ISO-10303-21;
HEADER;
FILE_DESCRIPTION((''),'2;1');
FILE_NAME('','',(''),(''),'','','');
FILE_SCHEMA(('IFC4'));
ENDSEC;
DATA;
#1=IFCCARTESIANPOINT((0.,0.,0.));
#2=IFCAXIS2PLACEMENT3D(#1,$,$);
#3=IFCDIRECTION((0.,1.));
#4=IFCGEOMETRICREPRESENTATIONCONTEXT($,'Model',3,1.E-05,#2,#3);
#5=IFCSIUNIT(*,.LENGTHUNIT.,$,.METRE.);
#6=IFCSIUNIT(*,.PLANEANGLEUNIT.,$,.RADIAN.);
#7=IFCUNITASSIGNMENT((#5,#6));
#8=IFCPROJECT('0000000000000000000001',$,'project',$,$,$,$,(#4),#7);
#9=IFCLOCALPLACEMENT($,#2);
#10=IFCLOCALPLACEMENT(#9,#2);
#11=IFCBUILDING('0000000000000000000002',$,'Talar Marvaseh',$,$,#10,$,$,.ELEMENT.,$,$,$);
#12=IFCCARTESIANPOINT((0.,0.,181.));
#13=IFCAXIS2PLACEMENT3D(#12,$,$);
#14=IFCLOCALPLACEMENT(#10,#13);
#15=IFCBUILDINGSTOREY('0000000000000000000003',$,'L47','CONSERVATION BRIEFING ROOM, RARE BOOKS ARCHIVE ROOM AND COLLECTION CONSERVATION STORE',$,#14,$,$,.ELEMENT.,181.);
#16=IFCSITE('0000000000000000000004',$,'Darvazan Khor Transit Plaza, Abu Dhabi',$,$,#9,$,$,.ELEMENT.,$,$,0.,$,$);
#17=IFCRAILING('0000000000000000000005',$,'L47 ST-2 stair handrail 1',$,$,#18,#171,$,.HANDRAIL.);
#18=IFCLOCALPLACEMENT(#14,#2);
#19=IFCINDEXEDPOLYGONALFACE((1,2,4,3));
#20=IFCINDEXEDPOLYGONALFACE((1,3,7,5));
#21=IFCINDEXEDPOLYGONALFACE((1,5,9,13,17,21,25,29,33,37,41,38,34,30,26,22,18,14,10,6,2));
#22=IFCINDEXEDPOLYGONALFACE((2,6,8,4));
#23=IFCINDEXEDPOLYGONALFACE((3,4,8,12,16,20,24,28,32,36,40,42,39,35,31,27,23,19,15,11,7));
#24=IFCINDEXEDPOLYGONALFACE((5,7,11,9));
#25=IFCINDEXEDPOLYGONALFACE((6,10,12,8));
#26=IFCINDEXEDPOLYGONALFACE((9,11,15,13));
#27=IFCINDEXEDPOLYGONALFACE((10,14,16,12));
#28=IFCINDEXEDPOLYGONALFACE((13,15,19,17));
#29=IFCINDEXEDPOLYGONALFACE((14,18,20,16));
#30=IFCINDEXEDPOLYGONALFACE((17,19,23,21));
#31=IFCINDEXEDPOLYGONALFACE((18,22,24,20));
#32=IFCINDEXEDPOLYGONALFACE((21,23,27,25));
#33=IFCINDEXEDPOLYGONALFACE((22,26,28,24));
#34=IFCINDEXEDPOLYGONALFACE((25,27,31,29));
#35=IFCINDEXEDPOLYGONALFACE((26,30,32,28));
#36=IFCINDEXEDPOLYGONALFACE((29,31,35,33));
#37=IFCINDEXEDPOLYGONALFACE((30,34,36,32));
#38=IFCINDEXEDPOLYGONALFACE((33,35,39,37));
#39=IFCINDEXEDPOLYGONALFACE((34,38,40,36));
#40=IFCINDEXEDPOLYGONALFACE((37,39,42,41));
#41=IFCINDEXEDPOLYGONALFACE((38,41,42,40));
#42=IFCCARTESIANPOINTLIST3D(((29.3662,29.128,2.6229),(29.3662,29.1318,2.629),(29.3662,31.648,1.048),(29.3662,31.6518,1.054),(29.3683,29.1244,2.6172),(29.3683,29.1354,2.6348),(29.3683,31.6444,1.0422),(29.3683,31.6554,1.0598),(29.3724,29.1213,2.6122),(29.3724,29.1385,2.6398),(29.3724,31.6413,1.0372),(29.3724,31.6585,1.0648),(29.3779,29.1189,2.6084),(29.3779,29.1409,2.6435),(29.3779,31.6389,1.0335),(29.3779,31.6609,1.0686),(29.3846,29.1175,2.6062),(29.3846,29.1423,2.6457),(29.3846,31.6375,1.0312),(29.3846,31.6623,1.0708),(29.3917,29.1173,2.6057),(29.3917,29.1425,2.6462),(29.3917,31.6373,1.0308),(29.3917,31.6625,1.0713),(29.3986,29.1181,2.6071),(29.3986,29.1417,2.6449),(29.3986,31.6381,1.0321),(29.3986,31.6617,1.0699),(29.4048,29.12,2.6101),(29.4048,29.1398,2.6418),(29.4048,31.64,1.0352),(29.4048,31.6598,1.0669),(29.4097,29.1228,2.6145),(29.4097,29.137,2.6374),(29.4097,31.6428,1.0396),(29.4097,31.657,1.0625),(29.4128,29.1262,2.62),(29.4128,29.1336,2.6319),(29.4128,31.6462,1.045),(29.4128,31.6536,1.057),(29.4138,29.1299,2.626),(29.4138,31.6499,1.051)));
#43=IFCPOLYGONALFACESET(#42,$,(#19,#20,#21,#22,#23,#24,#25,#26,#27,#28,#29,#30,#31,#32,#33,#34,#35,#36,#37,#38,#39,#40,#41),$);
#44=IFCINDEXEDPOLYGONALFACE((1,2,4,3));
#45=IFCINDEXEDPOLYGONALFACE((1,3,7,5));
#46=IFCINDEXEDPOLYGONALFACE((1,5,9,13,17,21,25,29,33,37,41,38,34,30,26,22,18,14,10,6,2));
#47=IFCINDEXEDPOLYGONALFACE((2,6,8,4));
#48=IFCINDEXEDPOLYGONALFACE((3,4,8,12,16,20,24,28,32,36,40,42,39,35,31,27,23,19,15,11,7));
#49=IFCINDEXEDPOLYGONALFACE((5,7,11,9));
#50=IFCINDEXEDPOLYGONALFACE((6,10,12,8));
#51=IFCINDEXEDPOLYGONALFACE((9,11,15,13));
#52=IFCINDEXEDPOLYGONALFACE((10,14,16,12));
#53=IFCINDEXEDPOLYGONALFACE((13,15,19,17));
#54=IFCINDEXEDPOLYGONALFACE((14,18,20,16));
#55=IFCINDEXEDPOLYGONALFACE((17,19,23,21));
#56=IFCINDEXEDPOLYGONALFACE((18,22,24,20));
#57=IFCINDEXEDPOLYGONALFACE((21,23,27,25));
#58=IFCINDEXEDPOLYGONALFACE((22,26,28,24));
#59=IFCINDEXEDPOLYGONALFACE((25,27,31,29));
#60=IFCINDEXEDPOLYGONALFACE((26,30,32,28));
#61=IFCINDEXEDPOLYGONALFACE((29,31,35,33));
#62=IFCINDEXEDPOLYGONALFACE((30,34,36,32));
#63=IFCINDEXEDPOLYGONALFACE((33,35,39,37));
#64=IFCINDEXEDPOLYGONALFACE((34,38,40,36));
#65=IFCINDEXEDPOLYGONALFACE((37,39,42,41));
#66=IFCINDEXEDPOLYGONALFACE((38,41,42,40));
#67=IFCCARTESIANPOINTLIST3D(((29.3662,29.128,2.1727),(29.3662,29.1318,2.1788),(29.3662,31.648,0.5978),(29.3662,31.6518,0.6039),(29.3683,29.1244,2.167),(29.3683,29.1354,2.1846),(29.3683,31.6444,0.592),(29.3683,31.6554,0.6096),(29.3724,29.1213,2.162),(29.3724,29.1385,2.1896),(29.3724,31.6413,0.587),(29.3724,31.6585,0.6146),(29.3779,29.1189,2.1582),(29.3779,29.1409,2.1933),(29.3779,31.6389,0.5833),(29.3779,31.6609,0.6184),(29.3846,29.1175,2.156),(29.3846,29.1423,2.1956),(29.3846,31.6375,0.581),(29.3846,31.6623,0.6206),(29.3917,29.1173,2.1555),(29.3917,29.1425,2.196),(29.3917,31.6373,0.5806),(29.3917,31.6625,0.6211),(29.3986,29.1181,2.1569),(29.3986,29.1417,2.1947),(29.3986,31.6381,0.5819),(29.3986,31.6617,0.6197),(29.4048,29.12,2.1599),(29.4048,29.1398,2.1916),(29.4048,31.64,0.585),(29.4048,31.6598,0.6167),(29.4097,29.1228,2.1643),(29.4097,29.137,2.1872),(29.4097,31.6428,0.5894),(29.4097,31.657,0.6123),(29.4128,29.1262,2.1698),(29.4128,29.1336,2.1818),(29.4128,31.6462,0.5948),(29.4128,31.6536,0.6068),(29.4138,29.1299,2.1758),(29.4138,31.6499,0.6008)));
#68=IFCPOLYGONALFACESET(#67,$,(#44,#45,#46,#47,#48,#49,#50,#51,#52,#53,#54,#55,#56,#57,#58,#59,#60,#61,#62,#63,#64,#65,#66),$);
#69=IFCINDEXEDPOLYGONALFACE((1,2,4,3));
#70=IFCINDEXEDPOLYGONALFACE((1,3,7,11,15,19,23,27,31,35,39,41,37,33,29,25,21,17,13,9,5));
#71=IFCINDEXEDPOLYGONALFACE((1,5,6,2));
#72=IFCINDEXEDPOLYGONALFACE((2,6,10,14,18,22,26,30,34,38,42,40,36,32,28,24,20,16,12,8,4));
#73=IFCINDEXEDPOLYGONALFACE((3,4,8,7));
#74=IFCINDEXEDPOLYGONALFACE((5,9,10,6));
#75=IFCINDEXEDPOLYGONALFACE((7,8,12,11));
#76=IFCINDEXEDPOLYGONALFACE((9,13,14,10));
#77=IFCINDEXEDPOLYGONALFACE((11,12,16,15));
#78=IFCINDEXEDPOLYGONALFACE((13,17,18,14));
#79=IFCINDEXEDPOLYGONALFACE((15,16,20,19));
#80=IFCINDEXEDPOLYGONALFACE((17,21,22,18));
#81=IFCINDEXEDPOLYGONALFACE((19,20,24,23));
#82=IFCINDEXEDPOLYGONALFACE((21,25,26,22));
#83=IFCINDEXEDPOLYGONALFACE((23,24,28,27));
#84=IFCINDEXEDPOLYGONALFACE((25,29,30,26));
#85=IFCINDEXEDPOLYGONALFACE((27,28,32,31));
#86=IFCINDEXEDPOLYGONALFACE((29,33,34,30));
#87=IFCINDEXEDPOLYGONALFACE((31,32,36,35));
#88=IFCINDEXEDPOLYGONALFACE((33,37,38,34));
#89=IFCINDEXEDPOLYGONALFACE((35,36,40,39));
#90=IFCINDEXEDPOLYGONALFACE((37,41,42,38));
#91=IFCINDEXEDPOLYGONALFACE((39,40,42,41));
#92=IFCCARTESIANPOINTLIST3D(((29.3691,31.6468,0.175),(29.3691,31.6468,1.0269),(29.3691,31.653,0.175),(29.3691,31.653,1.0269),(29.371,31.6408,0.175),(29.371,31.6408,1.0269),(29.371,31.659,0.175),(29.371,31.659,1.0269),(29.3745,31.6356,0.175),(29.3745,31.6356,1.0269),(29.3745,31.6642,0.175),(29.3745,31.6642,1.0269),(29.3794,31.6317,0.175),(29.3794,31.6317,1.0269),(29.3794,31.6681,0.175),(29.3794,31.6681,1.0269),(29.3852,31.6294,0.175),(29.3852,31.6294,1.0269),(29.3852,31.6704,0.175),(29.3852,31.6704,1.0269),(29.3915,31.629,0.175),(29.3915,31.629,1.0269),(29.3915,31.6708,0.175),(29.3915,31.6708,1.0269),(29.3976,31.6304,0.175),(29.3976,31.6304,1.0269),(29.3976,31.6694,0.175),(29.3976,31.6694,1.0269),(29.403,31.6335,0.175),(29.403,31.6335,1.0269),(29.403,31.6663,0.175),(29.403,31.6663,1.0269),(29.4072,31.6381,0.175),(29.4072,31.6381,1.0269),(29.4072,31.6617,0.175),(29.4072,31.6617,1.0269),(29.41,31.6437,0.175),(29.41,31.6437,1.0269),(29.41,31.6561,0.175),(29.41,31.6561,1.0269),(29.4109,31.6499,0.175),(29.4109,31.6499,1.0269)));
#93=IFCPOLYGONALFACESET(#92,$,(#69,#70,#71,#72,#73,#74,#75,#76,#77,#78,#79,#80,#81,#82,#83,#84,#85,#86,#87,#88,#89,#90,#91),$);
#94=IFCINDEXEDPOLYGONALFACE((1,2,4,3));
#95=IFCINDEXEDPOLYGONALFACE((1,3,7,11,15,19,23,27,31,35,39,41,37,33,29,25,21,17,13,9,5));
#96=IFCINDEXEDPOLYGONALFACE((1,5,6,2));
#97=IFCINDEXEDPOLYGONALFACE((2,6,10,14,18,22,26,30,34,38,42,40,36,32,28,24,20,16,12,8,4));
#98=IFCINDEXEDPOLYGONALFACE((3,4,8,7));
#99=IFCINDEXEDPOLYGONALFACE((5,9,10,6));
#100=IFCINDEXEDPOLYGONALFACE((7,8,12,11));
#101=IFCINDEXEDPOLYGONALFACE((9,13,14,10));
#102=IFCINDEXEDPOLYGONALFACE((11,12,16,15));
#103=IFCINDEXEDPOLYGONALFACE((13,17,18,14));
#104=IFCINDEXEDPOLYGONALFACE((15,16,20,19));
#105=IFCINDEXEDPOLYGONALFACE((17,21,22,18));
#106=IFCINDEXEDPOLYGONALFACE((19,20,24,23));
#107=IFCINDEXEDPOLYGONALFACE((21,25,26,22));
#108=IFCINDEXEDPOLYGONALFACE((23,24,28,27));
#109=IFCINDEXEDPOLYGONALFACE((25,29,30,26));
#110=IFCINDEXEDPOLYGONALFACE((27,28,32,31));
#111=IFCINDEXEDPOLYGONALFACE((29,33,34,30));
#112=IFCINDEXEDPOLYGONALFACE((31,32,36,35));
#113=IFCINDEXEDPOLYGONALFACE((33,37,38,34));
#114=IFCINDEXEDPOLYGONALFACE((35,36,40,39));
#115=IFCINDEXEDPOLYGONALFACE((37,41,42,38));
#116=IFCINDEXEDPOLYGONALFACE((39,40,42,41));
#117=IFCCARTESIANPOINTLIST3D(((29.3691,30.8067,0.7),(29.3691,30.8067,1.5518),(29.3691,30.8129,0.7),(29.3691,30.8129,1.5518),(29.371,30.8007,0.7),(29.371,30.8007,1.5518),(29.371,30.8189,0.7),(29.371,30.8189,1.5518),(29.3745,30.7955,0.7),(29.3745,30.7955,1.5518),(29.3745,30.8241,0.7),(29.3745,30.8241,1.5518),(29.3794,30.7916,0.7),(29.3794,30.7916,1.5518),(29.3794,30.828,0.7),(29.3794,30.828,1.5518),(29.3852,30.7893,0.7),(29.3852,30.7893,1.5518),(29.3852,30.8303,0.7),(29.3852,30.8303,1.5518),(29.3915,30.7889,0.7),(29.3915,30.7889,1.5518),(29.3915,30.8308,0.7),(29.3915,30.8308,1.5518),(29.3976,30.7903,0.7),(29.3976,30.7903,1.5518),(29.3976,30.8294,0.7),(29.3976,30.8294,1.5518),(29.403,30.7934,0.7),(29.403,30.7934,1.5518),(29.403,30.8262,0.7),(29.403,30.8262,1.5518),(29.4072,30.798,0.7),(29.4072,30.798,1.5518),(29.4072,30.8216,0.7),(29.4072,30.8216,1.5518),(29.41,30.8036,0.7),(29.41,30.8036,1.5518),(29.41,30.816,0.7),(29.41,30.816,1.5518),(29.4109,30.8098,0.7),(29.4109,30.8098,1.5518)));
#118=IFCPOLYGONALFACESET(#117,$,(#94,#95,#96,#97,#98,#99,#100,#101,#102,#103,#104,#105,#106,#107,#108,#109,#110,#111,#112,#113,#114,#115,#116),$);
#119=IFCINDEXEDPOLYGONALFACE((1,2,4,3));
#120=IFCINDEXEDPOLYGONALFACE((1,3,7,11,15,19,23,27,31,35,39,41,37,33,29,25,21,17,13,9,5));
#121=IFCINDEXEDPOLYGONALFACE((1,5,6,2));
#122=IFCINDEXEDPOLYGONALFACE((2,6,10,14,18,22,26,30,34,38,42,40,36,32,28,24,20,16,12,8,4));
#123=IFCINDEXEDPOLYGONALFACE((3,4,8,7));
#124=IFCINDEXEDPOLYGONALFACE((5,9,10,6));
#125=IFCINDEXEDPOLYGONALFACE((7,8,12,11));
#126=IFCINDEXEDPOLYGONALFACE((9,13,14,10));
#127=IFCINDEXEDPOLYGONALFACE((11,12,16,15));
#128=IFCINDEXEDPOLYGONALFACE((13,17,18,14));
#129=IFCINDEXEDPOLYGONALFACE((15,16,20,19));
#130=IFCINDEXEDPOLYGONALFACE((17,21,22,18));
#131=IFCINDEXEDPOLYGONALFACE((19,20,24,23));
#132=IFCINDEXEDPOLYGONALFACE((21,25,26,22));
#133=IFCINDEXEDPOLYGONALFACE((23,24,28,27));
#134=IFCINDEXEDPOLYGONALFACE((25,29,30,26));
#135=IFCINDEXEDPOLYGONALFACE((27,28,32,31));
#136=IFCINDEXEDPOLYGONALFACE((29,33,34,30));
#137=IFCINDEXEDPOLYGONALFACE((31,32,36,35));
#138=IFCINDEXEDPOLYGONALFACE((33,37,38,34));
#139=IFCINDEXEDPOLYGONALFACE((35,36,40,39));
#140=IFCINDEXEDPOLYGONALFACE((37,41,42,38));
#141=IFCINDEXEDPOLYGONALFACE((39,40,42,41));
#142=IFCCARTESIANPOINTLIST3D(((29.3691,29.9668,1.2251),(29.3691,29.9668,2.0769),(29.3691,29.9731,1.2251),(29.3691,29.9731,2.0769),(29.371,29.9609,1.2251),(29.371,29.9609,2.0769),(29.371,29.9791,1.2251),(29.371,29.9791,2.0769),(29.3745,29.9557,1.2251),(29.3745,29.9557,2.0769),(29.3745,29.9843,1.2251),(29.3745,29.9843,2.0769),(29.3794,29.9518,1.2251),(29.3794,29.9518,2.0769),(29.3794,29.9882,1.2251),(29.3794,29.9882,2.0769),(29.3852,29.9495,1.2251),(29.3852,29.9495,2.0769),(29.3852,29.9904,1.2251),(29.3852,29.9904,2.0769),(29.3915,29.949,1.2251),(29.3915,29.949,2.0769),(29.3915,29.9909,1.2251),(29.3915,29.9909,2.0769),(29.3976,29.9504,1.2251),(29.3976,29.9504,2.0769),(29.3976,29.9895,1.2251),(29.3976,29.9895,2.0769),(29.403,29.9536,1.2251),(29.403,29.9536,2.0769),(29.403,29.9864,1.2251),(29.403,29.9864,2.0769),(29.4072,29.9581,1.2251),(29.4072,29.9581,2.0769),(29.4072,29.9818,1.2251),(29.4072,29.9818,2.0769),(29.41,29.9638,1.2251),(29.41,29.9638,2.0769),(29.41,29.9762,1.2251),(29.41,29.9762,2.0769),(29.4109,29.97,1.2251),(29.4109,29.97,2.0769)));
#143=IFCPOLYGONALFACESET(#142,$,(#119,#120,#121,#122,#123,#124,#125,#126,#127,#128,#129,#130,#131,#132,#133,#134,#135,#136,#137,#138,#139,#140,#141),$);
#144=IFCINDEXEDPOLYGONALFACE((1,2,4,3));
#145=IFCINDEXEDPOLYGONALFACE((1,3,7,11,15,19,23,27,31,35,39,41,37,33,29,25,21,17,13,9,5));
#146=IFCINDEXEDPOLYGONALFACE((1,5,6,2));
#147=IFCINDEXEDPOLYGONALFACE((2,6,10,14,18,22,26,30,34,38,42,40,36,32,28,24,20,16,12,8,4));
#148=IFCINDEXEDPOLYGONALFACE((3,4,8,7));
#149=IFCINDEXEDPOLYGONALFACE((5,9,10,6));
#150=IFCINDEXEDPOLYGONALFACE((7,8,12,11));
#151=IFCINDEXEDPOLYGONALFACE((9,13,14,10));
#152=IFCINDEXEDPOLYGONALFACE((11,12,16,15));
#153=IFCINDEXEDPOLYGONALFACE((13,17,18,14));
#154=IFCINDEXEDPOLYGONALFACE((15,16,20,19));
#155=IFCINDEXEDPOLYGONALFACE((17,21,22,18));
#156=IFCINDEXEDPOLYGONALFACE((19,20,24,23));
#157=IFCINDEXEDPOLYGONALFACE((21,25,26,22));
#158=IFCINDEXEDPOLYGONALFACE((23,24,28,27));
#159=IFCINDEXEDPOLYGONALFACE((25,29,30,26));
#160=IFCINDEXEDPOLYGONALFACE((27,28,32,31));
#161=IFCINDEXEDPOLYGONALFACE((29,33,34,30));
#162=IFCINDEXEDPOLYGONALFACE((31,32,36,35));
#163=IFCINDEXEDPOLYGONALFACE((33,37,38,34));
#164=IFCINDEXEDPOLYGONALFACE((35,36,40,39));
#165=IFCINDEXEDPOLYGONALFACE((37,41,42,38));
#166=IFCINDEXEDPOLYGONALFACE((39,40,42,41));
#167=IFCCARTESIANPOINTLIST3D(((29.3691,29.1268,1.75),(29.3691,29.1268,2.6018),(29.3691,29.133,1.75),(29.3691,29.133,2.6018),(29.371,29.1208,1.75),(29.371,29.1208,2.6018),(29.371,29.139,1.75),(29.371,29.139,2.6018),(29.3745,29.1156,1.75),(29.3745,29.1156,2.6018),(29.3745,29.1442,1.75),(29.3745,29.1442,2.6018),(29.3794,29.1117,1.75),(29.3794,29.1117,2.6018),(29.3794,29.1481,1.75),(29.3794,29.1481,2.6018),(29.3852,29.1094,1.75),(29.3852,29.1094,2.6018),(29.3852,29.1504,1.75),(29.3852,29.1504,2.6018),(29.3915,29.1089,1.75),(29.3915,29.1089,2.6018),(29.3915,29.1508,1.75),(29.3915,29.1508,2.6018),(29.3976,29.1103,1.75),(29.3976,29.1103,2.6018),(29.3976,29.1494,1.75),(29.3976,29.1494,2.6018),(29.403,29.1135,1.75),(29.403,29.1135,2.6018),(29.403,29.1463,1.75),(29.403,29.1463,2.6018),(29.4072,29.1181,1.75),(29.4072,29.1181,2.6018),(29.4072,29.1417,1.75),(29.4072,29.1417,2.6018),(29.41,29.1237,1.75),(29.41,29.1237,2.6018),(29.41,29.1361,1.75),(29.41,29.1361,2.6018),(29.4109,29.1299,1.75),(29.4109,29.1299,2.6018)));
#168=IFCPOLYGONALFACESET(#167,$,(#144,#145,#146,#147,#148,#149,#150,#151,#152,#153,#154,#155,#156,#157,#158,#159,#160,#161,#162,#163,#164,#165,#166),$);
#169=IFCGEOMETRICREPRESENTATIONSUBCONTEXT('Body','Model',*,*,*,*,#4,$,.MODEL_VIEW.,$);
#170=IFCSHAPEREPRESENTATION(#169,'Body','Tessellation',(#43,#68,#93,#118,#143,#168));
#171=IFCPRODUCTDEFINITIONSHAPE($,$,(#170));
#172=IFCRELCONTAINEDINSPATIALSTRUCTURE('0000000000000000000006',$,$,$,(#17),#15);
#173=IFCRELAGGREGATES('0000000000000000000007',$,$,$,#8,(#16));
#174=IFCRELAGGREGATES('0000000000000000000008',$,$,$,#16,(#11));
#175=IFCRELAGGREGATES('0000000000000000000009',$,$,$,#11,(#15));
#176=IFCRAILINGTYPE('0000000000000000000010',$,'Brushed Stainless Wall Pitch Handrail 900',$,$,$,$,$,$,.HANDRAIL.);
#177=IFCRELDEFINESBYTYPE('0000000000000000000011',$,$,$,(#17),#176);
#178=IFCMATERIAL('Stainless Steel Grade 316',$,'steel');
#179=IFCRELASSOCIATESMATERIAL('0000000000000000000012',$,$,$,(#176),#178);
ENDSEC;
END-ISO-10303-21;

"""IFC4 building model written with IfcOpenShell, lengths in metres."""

from ifc_helpers import new_model, si_unit, direction, frame, origin, origin_2d, place, context, subcontext, project, spatial, circle, extrude, material, type_object, element, save


model = new_model("IFC4")

# Units and contexts
model_context = context("Model", 3, precision=1e-05, world=origin(), true_north=direction((0.0, 1.0)))
body_context = subcontext(model_context, "Body", "Model", "MODEL_VIEW")
ifc_project = project(units=[si_unit("LENGTHUNIT", "METRE"), si_unit("PLANEANGLEUNIT", "RADIAN")], contexts=[model_context])

# Site, building, storey
site_placement = place(None, origin())
site = spatial("IfcSite", under=ifc_project, at=site_placement, Name="Darvazan Khor Transit Plaza, Abu Dhabi", CompositionType="ELEMENT", RefElevation=0.0)
building_placement = place(site_placement, origin())
building = spatial("IfcBuilding", under=site, at=building_placement, Name="Talar Marvaseh", CompositionType="ELEMENT")
storey_placement = place(building_placement, frame((0.0, 0.0, 181.0)))
storey = spatial("IfcBuildingStorey", under=building, at=storey_placement, Name="L47", Description="CONSERVATION BRIEFING ROOM, RARE BOOKS ARCHIVE ROOM AND COLLECTION CONSERVATION STORE", CompositionType="ELEMENT", Elevation=181.0)

# Shared definitions
ifc_material_1 = material(Name="Stainless Steel Grade 316", Category="steel")

# Railing
railing_type_1 = type_object("IfcRailingType", Name="Brushed Stainless Wall Pitch Handrail 900", PredefinedType="HANDRAIL", material=ifc_material_1)
railing_1_placement = place(storey_placement, frame((29.3899, 31.6499, 0.175)))
element("IfcRailing", 1, at=railing_1_placement, inside=storey, type_object=railing_type_1, Name="L47 ST-2 stair handrail 1", PredefinedType="HANDRAIL", context=body_context, shape_type="SweptSolid", body=[
    extrude(circle(Radius=0.0239, at=origin_2d()), frame((0.0, 0.0, 0.876), z_axis=(0.0, -0.848008, 0.529984), x_axis=(1.0, 0.0, 0.0)), (0.0, 0.0, 1.0), 2.9717),
    extrude(circle(Radius=0.0239, at=origin_2d()), frame((0.0, 0.0, 0.4258), z_axis=(0.0, -0.848008, 0.529984), x_axis=(1.0, 0.0, 0.0)), (0.0, 0.0, 1.0), 2.9717),
    extrude(circle(Radius=0.021, at=origin_2d()), origin(), (0.0, 0.0, 1.0), 0.8518),
    extrude(circle(Radius=0.021, at=origin_2d()), frame((0.0, -0.8401, 0.5249)), (0.0, 0.0, 1.0), 0.8518),
    extrude(circle(Radius=0.021, at=origin_2d()), frame((0.0, -1.6799, 1.05)), (0.0, 0.0, 1.0), 0.8518),
    extrude(circle(Radius=0.021, at=origin_2d()), frame((0.0, -2.52, 1.575)), (0.0, 0.0, 1.0), 0.8518),
])

save(model, "model.ifc")
